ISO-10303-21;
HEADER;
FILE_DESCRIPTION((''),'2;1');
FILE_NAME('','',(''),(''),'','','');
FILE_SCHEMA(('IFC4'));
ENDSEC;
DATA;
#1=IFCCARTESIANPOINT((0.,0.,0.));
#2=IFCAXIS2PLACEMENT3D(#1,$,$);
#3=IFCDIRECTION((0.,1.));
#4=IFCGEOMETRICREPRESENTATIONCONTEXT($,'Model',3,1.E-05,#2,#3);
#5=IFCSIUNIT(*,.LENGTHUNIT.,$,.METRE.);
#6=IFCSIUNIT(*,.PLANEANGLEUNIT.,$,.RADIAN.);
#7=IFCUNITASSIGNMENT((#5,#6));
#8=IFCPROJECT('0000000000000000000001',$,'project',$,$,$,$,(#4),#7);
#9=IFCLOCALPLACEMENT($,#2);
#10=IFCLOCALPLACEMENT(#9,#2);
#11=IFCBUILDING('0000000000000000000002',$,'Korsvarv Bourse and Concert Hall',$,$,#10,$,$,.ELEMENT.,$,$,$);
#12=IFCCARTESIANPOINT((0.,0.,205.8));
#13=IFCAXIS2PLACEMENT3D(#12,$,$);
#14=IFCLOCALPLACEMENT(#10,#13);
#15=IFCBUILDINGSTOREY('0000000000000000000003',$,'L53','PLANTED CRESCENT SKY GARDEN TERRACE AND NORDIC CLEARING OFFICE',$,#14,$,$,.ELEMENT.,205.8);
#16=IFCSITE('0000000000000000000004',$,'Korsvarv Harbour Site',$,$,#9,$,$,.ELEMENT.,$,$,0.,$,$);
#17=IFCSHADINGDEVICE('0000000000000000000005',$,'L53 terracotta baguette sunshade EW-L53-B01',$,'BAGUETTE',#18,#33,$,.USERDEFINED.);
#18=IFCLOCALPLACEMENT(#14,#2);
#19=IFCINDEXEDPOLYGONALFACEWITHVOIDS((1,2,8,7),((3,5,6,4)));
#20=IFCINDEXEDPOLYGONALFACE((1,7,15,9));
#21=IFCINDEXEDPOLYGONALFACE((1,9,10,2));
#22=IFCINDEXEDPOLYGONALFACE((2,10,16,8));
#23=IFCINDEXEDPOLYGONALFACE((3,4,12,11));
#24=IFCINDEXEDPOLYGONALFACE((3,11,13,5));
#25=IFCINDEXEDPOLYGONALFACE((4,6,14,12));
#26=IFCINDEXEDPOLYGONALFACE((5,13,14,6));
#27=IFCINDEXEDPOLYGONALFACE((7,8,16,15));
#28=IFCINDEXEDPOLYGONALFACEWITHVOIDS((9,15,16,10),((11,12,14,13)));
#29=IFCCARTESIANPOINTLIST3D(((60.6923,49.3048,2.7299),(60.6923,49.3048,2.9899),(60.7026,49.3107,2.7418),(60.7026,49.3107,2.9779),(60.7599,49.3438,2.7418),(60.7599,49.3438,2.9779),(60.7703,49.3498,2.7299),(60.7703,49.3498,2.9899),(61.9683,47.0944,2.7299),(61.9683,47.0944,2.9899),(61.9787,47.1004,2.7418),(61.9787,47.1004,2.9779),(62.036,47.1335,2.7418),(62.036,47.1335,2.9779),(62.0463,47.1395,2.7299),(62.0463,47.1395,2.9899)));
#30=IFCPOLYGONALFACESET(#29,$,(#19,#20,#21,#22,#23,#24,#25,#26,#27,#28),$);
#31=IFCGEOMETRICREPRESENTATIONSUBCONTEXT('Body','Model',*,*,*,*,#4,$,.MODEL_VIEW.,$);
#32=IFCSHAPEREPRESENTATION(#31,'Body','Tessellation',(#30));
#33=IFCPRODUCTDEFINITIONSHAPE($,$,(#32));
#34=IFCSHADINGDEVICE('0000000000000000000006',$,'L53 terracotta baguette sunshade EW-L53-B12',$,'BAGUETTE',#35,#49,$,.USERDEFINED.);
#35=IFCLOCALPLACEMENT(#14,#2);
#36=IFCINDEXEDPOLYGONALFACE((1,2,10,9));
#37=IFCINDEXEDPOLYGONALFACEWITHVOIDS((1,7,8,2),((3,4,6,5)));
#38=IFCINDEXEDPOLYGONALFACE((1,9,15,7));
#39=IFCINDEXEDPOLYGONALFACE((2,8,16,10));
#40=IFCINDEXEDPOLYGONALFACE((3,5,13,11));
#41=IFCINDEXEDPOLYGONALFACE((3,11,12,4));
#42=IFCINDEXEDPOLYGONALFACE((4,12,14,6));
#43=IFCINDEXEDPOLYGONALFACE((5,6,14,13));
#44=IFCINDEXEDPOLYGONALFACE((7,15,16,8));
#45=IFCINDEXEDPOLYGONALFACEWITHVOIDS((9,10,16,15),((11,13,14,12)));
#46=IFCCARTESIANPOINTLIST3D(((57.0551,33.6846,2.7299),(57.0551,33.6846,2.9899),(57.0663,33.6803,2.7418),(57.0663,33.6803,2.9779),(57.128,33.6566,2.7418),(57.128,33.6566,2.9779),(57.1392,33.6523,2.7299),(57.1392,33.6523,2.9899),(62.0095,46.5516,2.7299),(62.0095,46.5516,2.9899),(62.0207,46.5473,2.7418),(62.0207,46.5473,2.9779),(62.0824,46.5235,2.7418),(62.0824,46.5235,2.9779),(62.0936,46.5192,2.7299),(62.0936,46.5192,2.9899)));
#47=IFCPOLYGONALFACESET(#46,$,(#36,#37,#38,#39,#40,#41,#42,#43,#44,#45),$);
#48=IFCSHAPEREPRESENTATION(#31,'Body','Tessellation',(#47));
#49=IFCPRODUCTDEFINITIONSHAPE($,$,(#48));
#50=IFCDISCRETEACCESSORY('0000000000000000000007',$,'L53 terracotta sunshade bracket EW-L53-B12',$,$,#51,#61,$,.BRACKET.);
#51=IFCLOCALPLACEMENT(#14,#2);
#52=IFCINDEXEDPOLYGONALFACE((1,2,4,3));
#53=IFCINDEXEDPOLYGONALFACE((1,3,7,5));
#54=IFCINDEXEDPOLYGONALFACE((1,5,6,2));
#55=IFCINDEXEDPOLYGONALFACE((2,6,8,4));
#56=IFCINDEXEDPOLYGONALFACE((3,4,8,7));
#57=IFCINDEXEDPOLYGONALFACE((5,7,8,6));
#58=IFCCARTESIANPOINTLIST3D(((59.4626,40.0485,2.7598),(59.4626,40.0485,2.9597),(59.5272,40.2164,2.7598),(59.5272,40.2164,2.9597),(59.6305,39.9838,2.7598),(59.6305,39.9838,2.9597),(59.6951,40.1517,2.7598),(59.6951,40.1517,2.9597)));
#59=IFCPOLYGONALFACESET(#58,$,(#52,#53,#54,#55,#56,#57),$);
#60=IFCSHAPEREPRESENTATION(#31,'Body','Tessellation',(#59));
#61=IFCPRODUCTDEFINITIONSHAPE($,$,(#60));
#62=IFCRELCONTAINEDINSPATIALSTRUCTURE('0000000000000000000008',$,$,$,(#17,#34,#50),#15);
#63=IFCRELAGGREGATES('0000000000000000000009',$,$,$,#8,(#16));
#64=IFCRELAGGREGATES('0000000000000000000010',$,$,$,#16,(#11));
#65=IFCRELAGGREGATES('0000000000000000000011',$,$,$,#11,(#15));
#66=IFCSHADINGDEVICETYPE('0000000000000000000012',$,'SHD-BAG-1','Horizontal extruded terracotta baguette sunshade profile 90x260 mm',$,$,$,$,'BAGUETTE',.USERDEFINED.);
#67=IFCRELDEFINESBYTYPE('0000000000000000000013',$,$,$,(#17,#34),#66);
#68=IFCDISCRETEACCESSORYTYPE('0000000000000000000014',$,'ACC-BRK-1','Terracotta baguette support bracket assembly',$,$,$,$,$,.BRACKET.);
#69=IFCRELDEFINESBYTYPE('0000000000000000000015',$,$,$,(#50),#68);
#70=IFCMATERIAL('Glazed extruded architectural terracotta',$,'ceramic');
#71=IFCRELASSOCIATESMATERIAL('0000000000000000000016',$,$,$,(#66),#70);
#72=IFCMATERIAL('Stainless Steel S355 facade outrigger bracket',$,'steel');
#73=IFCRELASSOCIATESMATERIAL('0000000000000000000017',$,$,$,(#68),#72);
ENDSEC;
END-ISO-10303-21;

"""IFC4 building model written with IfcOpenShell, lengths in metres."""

from ifc_helpers import new_model, si_unit, direction, frame, origin, origin_2d, place, context, subcontext, project, spatial, rectangle, hollow_rectangle, extrude, source, transform, mapped, material, material_profile, profile_set, type_object, element, save


model = new_model("IFC4")

# Units and contexts
model_context = context("Model", 3, precision=1e-05, world=origin(), true_north=direction((0.0, 1.0)))
body_context = subcontext(model_context, "Body", "Model", "MODEL_VIEW")
ifc_project = project(units=[si_unit("LENGTHUNIT", "METRE"), si_unit("PLANEANGLEUNIT", "RADIAN")], contexts=[model_context])

# Site, building, storey
site_placement = place(None, origin())
site = spatial("IfcSite", under=ifc_project, at=site_placement, Name="Korsvarv Harbour Site", CompositionType="ELEMENT", RefElevation=0.0)
building_placement = place(site_placement, origin())
building = spatial("IfcBuilding", under=site, at=building_placement, Name="Korsvarv Bourse and Concert Hall", CompositionType="ELEMENT")
storey_placement = place(building_placement, frame((0.0, 0.0, 205.8)))
storey = spatial("IfcBuildingStorey", under=building, at=storey_placement, Name="L53", Description="PLANTED CRESCENT SKY GARDEN TERRACE AND NORDIC CLEARING OFFICE", CompositionType="ELEMENT", Elevation=205.8)

# Shading devices
ifc_material_1 = material(Name="Glazed extruded architectural terracotta", Category="ceramic")
ifc_material_profile_1 = material_profile(ifc_material_1, hollow_rectangle(XDim=0.0901, YDim=0.26, WallThickness=0.012, at=origin_2d()), Name="TC-BAG 90x260")
ifc_profile_set_1 = profile_set([ifc_material_profile_1], Name="Glazed extruded architectural terracotta")
shading_device_type = type_object("IfcShadingDeviceType", Name="SHD-BAG-1", Description="Horizontal extruded terracotta baguette sunshade profile 90x260 mm", ElementType="BAGUETTE", PredefinedType="USERDEFINED", material=ifc_profile_set_1)
shared_shape_1 = source(origin(), body_context, "Body", "SweptSolid", [
    extrude(hollow_rectangle(XDim=0.0901, YDim=0.26, WallThickness=0.012, at=origin_2d()), origin(), (0.0, 0.0, 1.0), 2.5522),
])
shading_device_1_placement = place(storey_placement, frame((62.0073, 47.1169, 2.8599), z_axis=(-0.499976, 0.866039, 0.0), x_axis=(-0.866039, -0.499976, 0.0)))
element("IfcShadingDevice", 1, at=shading_device_1_placement, inside=storey, type_object=shading_device_type, Name="L53 terracotta baguette sunshade EW-L53-B01", ObjectType="BAGUETTE", PredefinedType="USERDEFINED", context=body_context, shape_type="MappedRepresentation", body=[
    mapped(shared_shape_1, transform((0.0, 0.0, 0.0), scale=1.0)),
])
shared_shape_2 = source(origin(), body_context, "Body", "SweptSolid", [
    extrude(hollow_rectangle(XDim=0.0901, YDim=0.26, WallThickness=0.012, at=origin_2d()), origin(), (0.0, 0.0, 1.0), 13.7878),
])
shading_device_2_placement = place(storey_placement, frame((57.0972, 33.6685, 2.8599), z_axis=(0.359328, 0.933211, 0.0), x_axis=(-0.933211, 0.359328, 0.0)))
element("IfcShadingDevice", 2, at=shading_device_2_placement, inside=storey, type_object=shading_device_type, Name="L53 terracotta baguette sunshade EW-L53-B12", ObjectType="BAGUETTE", PredefinedType="USERDEFINED", context=body_context, shape_type="MappedRepresentation", body=[
    mapped(shared_shape_2, transform((0.0, 0.0, 0.0), scale=1.0)),
])

# Discrete accessory
ifc_material_2 = material(Name="Stainless Steel S355 facade outrigger bracket", Category="steel")
discrete_accessory_type = type_object("IfcDiscreteAccessoryType", Name="ACC-BRK-1", Description="Terracotta baguette support bracket assembly", PredefinedType="BRACKET", material=ifc_material_2)
shared_shape_3 = source(origin(), body_context, "Body", "SweptSolid", [
    extrude(rectangle(XDim=0.1799, YDim=0.1799, at=origin_2d()), origin(), (0.0, 0.0, 1.0), 0.2),
])
discrete_accessory_placement = place(storey_placement, frame((59.5789, 40.1001, 2.7598), z_axis=(0.0, 0.0, 1.0), x_axis=(0.359345, 0.933205, 0.0)))
element("IfcDiscreteAccessory", 3, at=discrete_accessory_placement, inside=storey, type_object=discrete_accessory_type, Name="L53 terracotta sunshade bracket EW-L53-B12", PredefinedType="BRACKET", context=body_context, shape_type="MappedRepresentation", body=[
    mapped(shared_shape_3, transform((0.0, 0.0, 0.0), scale=1.0)),
])

save(model, "model.ifc")
